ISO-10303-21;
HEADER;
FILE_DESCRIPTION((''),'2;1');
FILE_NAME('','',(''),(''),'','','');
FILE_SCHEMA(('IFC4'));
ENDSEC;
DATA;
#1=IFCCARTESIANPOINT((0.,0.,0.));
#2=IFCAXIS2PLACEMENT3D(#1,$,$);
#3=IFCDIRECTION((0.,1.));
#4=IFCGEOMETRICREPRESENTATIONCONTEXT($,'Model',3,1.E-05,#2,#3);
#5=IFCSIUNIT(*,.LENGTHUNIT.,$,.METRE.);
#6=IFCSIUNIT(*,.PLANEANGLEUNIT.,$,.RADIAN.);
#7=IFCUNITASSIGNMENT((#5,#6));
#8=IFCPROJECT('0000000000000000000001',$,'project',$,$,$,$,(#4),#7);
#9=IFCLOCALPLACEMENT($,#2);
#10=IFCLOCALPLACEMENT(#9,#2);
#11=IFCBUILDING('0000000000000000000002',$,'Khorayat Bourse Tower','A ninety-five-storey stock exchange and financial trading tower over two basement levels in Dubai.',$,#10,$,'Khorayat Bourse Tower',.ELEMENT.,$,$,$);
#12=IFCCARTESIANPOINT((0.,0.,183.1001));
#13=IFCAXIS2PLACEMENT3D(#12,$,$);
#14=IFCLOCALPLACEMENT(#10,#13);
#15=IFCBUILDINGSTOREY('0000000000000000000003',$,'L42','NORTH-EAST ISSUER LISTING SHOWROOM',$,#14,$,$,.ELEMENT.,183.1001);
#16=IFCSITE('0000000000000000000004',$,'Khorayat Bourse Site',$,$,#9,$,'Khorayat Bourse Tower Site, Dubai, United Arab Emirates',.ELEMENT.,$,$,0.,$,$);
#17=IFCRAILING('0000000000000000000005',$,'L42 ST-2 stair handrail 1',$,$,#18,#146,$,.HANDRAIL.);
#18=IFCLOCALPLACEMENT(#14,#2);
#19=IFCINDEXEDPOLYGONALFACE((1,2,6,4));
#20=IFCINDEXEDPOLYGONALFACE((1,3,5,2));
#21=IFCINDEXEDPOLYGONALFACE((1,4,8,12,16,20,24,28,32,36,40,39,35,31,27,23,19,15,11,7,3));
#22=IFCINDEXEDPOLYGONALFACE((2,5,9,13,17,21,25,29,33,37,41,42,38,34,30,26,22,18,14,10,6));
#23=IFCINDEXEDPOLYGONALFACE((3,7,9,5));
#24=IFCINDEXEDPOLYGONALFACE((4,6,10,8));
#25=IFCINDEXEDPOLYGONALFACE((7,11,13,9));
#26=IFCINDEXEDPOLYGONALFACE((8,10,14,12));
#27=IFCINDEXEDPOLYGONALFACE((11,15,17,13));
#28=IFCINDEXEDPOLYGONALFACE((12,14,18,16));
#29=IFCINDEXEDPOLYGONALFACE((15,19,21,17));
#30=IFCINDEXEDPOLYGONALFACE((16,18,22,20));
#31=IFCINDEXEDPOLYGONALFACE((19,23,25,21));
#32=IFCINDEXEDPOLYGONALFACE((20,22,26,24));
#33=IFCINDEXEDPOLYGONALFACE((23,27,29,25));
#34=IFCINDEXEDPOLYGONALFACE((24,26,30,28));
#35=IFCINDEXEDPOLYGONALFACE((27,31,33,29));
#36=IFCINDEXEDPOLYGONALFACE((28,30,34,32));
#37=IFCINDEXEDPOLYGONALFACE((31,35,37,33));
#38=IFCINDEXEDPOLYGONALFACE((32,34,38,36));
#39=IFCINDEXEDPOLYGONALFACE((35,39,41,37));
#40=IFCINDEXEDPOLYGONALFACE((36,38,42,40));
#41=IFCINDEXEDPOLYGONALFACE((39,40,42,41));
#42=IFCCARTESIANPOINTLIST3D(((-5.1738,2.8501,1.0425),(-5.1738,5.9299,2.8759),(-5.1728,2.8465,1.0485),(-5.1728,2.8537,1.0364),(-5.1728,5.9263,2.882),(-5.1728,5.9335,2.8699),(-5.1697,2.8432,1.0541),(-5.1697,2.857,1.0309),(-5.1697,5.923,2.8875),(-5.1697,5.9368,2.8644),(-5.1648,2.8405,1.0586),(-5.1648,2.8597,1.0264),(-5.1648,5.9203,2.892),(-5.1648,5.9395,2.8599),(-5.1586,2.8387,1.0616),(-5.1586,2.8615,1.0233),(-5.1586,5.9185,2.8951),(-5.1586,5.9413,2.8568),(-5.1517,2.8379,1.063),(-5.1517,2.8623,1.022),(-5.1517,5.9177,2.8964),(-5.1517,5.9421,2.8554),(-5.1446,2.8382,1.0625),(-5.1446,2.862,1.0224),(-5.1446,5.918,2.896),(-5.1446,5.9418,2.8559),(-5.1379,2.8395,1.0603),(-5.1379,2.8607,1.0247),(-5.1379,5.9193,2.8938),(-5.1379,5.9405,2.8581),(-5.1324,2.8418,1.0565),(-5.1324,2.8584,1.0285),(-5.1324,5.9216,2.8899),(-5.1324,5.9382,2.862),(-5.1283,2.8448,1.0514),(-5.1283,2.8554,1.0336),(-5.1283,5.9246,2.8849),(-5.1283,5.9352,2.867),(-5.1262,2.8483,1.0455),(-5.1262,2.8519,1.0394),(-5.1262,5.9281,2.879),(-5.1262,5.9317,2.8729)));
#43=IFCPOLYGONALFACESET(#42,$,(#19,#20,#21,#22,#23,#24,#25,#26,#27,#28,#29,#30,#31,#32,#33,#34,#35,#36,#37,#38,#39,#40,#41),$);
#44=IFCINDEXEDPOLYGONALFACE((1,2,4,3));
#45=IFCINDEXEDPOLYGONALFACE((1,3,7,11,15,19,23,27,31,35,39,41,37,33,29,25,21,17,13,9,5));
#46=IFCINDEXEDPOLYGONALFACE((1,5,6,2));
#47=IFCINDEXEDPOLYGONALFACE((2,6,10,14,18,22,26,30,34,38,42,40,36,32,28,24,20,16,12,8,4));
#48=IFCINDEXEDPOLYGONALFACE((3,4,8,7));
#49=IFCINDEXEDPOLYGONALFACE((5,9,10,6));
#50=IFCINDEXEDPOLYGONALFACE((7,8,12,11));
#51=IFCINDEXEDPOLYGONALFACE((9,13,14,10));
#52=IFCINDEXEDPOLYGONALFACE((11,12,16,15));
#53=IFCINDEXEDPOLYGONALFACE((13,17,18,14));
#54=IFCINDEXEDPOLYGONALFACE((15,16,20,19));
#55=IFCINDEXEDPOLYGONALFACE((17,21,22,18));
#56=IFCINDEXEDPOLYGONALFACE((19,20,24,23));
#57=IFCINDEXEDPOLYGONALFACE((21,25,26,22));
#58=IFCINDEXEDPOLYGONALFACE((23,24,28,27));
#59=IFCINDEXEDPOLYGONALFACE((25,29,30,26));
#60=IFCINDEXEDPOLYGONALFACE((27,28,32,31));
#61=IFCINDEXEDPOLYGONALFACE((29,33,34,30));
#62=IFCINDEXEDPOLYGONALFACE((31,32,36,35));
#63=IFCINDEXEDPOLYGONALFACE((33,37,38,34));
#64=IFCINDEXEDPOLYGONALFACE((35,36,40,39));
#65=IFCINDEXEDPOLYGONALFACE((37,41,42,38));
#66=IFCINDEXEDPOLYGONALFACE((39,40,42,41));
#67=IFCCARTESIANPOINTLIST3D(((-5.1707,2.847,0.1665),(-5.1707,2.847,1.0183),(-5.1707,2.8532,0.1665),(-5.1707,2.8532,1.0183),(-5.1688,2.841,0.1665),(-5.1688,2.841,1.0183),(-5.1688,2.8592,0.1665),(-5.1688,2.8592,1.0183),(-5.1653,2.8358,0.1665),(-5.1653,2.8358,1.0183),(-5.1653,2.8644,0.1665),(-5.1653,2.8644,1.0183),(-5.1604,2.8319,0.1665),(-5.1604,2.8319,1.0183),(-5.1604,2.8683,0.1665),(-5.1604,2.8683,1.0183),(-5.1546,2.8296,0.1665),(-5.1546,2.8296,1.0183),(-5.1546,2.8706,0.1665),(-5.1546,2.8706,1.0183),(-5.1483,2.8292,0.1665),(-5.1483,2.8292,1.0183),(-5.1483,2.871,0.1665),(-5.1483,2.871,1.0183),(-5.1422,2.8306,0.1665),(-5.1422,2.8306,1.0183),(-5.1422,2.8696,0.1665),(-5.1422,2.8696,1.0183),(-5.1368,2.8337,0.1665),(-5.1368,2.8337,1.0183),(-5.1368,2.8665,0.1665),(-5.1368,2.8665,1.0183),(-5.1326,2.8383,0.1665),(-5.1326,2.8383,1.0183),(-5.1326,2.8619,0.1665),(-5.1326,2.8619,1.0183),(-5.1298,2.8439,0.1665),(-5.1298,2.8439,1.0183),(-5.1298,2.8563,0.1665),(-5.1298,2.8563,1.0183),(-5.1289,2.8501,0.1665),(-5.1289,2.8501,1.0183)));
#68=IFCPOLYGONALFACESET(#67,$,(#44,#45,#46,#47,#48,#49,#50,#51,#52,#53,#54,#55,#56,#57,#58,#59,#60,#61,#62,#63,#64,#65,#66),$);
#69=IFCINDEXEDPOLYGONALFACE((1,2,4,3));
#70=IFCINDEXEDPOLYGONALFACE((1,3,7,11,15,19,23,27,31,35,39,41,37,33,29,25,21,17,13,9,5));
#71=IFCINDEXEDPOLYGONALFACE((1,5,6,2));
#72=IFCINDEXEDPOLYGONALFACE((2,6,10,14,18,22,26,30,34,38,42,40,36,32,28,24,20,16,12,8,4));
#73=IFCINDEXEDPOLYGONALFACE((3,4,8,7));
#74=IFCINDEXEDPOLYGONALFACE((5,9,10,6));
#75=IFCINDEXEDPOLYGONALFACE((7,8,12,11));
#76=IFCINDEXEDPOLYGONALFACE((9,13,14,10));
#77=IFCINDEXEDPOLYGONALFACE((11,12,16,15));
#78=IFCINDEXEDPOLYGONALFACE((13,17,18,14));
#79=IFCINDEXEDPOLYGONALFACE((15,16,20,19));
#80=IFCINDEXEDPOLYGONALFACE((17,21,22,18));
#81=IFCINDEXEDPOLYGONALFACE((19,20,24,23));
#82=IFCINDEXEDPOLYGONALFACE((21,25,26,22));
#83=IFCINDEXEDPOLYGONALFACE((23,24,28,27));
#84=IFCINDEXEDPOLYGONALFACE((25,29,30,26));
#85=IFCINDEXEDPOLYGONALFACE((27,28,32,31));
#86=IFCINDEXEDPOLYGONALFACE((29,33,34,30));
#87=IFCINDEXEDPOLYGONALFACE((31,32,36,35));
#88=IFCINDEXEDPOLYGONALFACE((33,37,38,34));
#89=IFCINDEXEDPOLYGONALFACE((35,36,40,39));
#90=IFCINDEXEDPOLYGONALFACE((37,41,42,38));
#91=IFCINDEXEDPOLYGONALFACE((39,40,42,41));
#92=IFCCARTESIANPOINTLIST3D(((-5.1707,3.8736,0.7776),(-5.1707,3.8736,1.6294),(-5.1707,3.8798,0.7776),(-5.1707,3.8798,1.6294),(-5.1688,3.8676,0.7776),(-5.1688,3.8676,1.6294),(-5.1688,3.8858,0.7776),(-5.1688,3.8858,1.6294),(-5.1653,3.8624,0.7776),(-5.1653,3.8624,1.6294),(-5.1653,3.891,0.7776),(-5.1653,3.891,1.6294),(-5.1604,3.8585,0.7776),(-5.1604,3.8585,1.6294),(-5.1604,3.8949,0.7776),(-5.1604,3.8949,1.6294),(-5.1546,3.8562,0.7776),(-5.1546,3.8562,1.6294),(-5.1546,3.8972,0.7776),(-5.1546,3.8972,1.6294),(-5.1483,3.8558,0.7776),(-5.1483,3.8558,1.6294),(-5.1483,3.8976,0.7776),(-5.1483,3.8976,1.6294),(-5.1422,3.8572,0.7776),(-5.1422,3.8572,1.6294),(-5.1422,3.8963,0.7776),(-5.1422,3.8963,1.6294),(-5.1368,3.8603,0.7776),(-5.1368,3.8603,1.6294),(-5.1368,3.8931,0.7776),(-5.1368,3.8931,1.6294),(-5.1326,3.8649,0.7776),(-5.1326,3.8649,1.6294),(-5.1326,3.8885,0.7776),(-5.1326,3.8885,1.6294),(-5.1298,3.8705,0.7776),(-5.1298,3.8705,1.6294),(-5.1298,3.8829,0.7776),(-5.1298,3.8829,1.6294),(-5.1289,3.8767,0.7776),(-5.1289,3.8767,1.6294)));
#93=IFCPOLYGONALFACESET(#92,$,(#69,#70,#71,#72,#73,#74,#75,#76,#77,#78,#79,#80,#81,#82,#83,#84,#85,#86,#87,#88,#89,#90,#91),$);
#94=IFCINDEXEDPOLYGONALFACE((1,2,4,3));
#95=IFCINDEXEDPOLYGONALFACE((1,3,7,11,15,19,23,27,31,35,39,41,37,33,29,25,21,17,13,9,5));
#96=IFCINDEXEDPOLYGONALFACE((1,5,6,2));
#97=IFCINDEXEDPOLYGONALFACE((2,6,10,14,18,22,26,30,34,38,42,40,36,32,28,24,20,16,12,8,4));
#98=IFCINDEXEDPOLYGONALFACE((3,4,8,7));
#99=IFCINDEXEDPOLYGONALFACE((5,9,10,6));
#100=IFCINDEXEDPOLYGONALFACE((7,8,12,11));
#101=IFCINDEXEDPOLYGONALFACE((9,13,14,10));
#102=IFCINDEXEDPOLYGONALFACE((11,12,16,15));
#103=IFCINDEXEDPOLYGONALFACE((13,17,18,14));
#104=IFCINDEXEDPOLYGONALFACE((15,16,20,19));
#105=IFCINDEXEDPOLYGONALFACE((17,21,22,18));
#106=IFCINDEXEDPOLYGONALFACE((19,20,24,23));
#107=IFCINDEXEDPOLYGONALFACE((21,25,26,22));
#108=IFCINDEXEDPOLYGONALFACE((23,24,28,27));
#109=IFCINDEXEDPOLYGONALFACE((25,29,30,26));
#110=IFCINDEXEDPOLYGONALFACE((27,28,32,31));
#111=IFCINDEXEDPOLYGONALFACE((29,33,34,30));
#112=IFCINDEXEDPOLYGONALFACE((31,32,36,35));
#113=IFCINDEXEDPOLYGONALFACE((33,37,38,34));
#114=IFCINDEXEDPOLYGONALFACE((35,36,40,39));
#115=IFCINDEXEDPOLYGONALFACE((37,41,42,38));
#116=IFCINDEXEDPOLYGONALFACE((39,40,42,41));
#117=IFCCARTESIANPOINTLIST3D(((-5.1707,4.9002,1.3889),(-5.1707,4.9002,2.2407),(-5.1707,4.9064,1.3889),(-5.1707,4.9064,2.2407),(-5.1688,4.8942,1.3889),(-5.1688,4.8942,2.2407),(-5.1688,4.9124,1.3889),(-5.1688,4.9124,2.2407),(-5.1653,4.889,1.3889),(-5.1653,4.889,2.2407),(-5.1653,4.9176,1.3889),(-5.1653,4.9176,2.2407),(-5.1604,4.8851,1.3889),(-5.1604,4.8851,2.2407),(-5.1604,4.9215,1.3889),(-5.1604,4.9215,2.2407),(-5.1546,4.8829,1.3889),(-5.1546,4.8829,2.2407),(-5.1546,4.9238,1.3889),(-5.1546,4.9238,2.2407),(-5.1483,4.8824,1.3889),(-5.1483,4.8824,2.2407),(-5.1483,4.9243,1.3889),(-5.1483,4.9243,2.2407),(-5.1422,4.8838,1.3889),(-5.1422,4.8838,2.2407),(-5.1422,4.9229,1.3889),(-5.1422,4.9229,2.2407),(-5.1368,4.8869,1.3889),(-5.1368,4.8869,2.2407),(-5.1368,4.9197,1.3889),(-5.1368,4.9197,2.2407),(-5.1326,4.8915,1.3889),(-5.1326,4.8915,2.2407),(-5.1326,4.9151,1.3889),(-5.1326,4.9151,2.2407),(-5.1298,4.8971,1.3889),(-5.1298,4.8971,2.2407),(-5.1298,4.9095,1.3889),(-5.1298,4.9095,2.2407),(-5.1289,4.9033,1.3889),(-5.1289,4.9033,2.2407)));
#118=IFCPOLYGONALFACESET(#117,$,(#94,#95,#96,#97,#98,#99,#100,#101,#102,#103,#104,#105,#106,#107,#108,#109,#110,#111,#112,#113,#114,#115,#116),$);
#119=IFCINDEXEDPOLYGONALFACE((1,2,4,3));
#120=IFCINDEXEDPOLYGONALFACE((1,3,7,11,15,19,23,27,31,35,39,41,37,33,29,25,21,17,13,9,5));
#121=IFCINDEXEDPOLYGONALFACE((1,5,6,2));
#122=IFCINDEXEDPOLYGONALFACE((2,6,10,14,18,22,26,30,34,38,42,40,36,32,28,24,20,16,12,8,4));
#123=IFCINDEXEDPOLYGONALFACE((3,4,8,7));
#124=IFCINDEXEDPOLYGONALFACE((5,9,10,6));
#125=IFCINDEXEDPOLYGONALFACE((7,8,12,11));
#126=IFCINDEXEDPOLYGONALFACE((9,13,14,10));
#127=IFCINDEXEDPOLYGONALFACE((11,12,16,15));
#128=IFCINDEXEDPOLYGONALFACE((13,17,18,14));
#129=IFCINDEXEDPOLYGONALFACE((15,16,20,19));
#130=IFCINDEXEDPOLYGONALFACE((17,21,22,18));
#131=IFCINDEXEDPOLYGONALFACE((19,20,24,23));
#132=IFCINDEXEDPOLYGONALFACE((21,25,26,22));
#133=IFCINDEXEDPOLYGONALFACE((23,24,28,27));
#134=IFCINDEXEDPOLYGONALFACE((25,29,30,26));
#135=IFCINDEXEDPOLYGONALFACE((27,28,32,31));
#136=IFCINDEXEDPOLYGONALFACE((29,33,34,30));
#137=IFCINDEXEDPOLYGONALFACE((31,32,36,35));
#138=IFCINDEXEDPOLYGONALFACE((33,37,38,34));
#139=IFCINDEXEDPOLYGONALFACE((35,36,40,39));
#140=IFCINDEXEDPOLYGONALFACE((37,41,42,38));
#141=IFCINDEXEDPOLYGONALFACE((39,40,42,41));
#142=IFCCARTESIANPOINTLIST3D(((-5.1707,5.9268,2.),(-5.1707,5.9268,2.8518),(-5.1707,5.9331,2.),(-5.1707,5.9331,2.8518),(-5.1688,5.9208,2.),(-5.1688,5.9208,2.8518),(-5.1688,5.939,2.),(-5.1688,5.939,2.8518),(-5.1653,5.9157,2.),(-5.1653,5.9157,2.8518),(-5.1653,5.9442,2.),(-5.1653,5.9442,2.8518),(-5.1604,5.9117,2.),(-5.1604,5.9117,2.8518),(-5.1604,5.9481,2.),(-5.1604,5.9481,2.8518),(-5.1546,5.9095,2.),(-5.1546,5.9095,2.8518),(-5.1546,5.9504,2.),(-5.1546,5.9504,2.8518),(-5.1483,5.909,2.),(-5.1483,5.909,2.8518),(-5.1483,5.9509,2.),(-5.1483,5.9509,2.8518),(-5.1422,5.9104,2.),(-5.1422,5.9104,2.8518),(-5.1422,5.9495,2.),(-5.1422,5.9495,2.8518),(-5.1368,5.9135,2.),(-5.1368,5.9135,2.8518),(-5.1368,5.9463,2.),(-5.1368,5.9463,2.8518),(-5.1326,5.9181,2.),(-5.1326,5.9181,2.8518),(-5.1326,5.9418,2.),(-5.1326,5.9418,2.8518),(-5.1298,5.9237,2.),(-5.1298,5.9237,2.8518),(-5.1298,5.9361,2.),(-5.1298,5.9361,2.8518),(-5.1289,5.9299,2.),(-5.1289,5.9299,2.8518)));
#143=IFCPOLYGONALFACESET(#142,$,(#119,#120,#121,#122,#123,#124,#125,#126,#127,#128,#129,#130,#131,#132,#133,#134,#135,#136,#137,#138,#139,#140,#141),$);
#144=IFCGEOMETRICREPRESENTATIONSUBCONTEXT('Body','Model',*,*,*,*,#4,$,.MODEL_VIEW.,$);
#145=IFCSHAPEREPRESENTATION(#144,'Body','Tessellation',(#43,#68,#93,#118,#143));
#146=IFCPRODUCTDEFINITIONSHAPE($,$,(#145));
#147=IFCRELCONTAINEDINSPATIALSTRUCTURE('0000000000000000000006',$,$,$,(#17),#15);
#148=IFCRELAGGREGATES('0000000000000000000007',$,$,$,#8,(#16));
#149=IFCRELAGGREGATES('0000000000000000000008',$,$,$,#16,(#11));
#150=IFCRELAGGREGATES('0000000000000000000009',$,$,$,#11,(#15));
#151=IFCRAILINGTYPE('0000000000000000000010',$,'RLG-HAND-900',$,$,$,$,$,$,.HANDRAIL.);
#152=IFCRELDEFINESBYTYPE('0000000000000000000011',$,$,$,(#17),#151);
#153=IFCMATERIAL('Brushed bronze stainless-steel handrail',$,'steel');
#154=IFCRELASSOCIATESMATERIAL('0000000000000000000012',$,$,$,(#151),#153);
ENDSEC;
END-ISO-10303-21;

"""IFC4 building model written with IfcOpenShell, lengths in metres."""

from ifc_helpers import new_model, si_unit, direction, frame, origin, origin_2d, place, context, subcontext, project, spatial, circle, extrude, source, transform, mapped, material, type_object, element, save


model = new_model("IFC4")

# Units and contexts
model_context = context("Model", 3, precision=1e-05, world=origin(), true_north=direction((0.0, 1.0)))
body_context = subcontext(model_context, "Body", "Model", "MODEL_VIEW")
ifc_project = project(units=[si_unit("LENGTHUNIT", "METRE"), si_unit("PLANEANGLEUNIT", "RADIAN")], contexts=[model_context])

# Site, building, storey
site_placement = place(None, origin())
site = spatial("IfcSite", under=ifc_project, at=site_placement, Name="Khorayat Bourse Site", LongName="Khorayat Bourse Tower Site, Dubai, United Arab Emirates", CompositionType="ELEMENT", RefElevation=0.0)
building_placement = place(site_placement, origin())
building = spatial("IfcBuilding", under=site, at=building_placement, Name="Khorayat Bourse Tower", Description="A ninety-five-storey stock exchange and financial trading tower over two basement levels in Dubai.", LongName="Khorayat Bourse Tower", CompositionType="ELEMENT")
storey_placement = place(building_placement, frame((0.0, 0.0, 183.1001)))
storey = spatial("IfcBuildingStorey", under=building, at=storey_placement, Name="L42", Description="NORTH-EAST ISSUER LISTING SHOWROOM", CompositionType="ELEMENT", Elevation=183.1001)

# Railing
ifc_material_1 = material(Name="Brushed bronze stainless-steel handrail", Category="steel")
railing_type_1 = type_object("IfcRailingType", Name="RLG-HAND-900", PredefinedType="HANDRAIL", material=ifc_material_1)
shared_shape_1 = source(origin(), body_context, "Body", "SweptSolid", [
    extrude(circle(Radius=0.0239, at=origin_2d()), frame((0.0, 0.0, 0.876), z_axis=(0.0, 0.859261, 0.511538), x_axis=(-1.0, 0.0, 0.0)), (0.0, 0.0, 1.0), 3.5842),
    extrude(circle(Radius=0.021, at=origin_2d()), origin(), (0.0, 0.0, 1.0), 0.8518),
    extrude(circle(Radius=0.021, at=origin_2d()), frame((0.0, 1.0266, 0.6111)), (0.0, 0.0, 1.0), 0.8518),
    extrude(circle(Radius=0.021, at=origin_2d()), frame((0.0, 2.0532, 1.2224)), (0.0, 0.0, 1.0), 0.8518),
    extrude(circle(Radius=0.021, at=origin_2d()), frame((0.0, 3.0798, 1.8335)), (0.0, 0.0, 1.0), 0.8518),
])
railing_1_placement = place(storey_placement, frame((-5.1499, 2.8501, 0.1665)))
element("IfcRailing", 1, at=railing_1_placement, inside=storey, type_object=railing_type_1, Name="L42 ST-2 stair handrail 1", PredefinedType="HANDRAIL", context=body_context, shape_type="MappedRepresentation", body=[
    mapped(shared_shape_1, transform((0.0, 0.0, 0.0), scale=1.0)),
])

save(model, "model.ifc")
